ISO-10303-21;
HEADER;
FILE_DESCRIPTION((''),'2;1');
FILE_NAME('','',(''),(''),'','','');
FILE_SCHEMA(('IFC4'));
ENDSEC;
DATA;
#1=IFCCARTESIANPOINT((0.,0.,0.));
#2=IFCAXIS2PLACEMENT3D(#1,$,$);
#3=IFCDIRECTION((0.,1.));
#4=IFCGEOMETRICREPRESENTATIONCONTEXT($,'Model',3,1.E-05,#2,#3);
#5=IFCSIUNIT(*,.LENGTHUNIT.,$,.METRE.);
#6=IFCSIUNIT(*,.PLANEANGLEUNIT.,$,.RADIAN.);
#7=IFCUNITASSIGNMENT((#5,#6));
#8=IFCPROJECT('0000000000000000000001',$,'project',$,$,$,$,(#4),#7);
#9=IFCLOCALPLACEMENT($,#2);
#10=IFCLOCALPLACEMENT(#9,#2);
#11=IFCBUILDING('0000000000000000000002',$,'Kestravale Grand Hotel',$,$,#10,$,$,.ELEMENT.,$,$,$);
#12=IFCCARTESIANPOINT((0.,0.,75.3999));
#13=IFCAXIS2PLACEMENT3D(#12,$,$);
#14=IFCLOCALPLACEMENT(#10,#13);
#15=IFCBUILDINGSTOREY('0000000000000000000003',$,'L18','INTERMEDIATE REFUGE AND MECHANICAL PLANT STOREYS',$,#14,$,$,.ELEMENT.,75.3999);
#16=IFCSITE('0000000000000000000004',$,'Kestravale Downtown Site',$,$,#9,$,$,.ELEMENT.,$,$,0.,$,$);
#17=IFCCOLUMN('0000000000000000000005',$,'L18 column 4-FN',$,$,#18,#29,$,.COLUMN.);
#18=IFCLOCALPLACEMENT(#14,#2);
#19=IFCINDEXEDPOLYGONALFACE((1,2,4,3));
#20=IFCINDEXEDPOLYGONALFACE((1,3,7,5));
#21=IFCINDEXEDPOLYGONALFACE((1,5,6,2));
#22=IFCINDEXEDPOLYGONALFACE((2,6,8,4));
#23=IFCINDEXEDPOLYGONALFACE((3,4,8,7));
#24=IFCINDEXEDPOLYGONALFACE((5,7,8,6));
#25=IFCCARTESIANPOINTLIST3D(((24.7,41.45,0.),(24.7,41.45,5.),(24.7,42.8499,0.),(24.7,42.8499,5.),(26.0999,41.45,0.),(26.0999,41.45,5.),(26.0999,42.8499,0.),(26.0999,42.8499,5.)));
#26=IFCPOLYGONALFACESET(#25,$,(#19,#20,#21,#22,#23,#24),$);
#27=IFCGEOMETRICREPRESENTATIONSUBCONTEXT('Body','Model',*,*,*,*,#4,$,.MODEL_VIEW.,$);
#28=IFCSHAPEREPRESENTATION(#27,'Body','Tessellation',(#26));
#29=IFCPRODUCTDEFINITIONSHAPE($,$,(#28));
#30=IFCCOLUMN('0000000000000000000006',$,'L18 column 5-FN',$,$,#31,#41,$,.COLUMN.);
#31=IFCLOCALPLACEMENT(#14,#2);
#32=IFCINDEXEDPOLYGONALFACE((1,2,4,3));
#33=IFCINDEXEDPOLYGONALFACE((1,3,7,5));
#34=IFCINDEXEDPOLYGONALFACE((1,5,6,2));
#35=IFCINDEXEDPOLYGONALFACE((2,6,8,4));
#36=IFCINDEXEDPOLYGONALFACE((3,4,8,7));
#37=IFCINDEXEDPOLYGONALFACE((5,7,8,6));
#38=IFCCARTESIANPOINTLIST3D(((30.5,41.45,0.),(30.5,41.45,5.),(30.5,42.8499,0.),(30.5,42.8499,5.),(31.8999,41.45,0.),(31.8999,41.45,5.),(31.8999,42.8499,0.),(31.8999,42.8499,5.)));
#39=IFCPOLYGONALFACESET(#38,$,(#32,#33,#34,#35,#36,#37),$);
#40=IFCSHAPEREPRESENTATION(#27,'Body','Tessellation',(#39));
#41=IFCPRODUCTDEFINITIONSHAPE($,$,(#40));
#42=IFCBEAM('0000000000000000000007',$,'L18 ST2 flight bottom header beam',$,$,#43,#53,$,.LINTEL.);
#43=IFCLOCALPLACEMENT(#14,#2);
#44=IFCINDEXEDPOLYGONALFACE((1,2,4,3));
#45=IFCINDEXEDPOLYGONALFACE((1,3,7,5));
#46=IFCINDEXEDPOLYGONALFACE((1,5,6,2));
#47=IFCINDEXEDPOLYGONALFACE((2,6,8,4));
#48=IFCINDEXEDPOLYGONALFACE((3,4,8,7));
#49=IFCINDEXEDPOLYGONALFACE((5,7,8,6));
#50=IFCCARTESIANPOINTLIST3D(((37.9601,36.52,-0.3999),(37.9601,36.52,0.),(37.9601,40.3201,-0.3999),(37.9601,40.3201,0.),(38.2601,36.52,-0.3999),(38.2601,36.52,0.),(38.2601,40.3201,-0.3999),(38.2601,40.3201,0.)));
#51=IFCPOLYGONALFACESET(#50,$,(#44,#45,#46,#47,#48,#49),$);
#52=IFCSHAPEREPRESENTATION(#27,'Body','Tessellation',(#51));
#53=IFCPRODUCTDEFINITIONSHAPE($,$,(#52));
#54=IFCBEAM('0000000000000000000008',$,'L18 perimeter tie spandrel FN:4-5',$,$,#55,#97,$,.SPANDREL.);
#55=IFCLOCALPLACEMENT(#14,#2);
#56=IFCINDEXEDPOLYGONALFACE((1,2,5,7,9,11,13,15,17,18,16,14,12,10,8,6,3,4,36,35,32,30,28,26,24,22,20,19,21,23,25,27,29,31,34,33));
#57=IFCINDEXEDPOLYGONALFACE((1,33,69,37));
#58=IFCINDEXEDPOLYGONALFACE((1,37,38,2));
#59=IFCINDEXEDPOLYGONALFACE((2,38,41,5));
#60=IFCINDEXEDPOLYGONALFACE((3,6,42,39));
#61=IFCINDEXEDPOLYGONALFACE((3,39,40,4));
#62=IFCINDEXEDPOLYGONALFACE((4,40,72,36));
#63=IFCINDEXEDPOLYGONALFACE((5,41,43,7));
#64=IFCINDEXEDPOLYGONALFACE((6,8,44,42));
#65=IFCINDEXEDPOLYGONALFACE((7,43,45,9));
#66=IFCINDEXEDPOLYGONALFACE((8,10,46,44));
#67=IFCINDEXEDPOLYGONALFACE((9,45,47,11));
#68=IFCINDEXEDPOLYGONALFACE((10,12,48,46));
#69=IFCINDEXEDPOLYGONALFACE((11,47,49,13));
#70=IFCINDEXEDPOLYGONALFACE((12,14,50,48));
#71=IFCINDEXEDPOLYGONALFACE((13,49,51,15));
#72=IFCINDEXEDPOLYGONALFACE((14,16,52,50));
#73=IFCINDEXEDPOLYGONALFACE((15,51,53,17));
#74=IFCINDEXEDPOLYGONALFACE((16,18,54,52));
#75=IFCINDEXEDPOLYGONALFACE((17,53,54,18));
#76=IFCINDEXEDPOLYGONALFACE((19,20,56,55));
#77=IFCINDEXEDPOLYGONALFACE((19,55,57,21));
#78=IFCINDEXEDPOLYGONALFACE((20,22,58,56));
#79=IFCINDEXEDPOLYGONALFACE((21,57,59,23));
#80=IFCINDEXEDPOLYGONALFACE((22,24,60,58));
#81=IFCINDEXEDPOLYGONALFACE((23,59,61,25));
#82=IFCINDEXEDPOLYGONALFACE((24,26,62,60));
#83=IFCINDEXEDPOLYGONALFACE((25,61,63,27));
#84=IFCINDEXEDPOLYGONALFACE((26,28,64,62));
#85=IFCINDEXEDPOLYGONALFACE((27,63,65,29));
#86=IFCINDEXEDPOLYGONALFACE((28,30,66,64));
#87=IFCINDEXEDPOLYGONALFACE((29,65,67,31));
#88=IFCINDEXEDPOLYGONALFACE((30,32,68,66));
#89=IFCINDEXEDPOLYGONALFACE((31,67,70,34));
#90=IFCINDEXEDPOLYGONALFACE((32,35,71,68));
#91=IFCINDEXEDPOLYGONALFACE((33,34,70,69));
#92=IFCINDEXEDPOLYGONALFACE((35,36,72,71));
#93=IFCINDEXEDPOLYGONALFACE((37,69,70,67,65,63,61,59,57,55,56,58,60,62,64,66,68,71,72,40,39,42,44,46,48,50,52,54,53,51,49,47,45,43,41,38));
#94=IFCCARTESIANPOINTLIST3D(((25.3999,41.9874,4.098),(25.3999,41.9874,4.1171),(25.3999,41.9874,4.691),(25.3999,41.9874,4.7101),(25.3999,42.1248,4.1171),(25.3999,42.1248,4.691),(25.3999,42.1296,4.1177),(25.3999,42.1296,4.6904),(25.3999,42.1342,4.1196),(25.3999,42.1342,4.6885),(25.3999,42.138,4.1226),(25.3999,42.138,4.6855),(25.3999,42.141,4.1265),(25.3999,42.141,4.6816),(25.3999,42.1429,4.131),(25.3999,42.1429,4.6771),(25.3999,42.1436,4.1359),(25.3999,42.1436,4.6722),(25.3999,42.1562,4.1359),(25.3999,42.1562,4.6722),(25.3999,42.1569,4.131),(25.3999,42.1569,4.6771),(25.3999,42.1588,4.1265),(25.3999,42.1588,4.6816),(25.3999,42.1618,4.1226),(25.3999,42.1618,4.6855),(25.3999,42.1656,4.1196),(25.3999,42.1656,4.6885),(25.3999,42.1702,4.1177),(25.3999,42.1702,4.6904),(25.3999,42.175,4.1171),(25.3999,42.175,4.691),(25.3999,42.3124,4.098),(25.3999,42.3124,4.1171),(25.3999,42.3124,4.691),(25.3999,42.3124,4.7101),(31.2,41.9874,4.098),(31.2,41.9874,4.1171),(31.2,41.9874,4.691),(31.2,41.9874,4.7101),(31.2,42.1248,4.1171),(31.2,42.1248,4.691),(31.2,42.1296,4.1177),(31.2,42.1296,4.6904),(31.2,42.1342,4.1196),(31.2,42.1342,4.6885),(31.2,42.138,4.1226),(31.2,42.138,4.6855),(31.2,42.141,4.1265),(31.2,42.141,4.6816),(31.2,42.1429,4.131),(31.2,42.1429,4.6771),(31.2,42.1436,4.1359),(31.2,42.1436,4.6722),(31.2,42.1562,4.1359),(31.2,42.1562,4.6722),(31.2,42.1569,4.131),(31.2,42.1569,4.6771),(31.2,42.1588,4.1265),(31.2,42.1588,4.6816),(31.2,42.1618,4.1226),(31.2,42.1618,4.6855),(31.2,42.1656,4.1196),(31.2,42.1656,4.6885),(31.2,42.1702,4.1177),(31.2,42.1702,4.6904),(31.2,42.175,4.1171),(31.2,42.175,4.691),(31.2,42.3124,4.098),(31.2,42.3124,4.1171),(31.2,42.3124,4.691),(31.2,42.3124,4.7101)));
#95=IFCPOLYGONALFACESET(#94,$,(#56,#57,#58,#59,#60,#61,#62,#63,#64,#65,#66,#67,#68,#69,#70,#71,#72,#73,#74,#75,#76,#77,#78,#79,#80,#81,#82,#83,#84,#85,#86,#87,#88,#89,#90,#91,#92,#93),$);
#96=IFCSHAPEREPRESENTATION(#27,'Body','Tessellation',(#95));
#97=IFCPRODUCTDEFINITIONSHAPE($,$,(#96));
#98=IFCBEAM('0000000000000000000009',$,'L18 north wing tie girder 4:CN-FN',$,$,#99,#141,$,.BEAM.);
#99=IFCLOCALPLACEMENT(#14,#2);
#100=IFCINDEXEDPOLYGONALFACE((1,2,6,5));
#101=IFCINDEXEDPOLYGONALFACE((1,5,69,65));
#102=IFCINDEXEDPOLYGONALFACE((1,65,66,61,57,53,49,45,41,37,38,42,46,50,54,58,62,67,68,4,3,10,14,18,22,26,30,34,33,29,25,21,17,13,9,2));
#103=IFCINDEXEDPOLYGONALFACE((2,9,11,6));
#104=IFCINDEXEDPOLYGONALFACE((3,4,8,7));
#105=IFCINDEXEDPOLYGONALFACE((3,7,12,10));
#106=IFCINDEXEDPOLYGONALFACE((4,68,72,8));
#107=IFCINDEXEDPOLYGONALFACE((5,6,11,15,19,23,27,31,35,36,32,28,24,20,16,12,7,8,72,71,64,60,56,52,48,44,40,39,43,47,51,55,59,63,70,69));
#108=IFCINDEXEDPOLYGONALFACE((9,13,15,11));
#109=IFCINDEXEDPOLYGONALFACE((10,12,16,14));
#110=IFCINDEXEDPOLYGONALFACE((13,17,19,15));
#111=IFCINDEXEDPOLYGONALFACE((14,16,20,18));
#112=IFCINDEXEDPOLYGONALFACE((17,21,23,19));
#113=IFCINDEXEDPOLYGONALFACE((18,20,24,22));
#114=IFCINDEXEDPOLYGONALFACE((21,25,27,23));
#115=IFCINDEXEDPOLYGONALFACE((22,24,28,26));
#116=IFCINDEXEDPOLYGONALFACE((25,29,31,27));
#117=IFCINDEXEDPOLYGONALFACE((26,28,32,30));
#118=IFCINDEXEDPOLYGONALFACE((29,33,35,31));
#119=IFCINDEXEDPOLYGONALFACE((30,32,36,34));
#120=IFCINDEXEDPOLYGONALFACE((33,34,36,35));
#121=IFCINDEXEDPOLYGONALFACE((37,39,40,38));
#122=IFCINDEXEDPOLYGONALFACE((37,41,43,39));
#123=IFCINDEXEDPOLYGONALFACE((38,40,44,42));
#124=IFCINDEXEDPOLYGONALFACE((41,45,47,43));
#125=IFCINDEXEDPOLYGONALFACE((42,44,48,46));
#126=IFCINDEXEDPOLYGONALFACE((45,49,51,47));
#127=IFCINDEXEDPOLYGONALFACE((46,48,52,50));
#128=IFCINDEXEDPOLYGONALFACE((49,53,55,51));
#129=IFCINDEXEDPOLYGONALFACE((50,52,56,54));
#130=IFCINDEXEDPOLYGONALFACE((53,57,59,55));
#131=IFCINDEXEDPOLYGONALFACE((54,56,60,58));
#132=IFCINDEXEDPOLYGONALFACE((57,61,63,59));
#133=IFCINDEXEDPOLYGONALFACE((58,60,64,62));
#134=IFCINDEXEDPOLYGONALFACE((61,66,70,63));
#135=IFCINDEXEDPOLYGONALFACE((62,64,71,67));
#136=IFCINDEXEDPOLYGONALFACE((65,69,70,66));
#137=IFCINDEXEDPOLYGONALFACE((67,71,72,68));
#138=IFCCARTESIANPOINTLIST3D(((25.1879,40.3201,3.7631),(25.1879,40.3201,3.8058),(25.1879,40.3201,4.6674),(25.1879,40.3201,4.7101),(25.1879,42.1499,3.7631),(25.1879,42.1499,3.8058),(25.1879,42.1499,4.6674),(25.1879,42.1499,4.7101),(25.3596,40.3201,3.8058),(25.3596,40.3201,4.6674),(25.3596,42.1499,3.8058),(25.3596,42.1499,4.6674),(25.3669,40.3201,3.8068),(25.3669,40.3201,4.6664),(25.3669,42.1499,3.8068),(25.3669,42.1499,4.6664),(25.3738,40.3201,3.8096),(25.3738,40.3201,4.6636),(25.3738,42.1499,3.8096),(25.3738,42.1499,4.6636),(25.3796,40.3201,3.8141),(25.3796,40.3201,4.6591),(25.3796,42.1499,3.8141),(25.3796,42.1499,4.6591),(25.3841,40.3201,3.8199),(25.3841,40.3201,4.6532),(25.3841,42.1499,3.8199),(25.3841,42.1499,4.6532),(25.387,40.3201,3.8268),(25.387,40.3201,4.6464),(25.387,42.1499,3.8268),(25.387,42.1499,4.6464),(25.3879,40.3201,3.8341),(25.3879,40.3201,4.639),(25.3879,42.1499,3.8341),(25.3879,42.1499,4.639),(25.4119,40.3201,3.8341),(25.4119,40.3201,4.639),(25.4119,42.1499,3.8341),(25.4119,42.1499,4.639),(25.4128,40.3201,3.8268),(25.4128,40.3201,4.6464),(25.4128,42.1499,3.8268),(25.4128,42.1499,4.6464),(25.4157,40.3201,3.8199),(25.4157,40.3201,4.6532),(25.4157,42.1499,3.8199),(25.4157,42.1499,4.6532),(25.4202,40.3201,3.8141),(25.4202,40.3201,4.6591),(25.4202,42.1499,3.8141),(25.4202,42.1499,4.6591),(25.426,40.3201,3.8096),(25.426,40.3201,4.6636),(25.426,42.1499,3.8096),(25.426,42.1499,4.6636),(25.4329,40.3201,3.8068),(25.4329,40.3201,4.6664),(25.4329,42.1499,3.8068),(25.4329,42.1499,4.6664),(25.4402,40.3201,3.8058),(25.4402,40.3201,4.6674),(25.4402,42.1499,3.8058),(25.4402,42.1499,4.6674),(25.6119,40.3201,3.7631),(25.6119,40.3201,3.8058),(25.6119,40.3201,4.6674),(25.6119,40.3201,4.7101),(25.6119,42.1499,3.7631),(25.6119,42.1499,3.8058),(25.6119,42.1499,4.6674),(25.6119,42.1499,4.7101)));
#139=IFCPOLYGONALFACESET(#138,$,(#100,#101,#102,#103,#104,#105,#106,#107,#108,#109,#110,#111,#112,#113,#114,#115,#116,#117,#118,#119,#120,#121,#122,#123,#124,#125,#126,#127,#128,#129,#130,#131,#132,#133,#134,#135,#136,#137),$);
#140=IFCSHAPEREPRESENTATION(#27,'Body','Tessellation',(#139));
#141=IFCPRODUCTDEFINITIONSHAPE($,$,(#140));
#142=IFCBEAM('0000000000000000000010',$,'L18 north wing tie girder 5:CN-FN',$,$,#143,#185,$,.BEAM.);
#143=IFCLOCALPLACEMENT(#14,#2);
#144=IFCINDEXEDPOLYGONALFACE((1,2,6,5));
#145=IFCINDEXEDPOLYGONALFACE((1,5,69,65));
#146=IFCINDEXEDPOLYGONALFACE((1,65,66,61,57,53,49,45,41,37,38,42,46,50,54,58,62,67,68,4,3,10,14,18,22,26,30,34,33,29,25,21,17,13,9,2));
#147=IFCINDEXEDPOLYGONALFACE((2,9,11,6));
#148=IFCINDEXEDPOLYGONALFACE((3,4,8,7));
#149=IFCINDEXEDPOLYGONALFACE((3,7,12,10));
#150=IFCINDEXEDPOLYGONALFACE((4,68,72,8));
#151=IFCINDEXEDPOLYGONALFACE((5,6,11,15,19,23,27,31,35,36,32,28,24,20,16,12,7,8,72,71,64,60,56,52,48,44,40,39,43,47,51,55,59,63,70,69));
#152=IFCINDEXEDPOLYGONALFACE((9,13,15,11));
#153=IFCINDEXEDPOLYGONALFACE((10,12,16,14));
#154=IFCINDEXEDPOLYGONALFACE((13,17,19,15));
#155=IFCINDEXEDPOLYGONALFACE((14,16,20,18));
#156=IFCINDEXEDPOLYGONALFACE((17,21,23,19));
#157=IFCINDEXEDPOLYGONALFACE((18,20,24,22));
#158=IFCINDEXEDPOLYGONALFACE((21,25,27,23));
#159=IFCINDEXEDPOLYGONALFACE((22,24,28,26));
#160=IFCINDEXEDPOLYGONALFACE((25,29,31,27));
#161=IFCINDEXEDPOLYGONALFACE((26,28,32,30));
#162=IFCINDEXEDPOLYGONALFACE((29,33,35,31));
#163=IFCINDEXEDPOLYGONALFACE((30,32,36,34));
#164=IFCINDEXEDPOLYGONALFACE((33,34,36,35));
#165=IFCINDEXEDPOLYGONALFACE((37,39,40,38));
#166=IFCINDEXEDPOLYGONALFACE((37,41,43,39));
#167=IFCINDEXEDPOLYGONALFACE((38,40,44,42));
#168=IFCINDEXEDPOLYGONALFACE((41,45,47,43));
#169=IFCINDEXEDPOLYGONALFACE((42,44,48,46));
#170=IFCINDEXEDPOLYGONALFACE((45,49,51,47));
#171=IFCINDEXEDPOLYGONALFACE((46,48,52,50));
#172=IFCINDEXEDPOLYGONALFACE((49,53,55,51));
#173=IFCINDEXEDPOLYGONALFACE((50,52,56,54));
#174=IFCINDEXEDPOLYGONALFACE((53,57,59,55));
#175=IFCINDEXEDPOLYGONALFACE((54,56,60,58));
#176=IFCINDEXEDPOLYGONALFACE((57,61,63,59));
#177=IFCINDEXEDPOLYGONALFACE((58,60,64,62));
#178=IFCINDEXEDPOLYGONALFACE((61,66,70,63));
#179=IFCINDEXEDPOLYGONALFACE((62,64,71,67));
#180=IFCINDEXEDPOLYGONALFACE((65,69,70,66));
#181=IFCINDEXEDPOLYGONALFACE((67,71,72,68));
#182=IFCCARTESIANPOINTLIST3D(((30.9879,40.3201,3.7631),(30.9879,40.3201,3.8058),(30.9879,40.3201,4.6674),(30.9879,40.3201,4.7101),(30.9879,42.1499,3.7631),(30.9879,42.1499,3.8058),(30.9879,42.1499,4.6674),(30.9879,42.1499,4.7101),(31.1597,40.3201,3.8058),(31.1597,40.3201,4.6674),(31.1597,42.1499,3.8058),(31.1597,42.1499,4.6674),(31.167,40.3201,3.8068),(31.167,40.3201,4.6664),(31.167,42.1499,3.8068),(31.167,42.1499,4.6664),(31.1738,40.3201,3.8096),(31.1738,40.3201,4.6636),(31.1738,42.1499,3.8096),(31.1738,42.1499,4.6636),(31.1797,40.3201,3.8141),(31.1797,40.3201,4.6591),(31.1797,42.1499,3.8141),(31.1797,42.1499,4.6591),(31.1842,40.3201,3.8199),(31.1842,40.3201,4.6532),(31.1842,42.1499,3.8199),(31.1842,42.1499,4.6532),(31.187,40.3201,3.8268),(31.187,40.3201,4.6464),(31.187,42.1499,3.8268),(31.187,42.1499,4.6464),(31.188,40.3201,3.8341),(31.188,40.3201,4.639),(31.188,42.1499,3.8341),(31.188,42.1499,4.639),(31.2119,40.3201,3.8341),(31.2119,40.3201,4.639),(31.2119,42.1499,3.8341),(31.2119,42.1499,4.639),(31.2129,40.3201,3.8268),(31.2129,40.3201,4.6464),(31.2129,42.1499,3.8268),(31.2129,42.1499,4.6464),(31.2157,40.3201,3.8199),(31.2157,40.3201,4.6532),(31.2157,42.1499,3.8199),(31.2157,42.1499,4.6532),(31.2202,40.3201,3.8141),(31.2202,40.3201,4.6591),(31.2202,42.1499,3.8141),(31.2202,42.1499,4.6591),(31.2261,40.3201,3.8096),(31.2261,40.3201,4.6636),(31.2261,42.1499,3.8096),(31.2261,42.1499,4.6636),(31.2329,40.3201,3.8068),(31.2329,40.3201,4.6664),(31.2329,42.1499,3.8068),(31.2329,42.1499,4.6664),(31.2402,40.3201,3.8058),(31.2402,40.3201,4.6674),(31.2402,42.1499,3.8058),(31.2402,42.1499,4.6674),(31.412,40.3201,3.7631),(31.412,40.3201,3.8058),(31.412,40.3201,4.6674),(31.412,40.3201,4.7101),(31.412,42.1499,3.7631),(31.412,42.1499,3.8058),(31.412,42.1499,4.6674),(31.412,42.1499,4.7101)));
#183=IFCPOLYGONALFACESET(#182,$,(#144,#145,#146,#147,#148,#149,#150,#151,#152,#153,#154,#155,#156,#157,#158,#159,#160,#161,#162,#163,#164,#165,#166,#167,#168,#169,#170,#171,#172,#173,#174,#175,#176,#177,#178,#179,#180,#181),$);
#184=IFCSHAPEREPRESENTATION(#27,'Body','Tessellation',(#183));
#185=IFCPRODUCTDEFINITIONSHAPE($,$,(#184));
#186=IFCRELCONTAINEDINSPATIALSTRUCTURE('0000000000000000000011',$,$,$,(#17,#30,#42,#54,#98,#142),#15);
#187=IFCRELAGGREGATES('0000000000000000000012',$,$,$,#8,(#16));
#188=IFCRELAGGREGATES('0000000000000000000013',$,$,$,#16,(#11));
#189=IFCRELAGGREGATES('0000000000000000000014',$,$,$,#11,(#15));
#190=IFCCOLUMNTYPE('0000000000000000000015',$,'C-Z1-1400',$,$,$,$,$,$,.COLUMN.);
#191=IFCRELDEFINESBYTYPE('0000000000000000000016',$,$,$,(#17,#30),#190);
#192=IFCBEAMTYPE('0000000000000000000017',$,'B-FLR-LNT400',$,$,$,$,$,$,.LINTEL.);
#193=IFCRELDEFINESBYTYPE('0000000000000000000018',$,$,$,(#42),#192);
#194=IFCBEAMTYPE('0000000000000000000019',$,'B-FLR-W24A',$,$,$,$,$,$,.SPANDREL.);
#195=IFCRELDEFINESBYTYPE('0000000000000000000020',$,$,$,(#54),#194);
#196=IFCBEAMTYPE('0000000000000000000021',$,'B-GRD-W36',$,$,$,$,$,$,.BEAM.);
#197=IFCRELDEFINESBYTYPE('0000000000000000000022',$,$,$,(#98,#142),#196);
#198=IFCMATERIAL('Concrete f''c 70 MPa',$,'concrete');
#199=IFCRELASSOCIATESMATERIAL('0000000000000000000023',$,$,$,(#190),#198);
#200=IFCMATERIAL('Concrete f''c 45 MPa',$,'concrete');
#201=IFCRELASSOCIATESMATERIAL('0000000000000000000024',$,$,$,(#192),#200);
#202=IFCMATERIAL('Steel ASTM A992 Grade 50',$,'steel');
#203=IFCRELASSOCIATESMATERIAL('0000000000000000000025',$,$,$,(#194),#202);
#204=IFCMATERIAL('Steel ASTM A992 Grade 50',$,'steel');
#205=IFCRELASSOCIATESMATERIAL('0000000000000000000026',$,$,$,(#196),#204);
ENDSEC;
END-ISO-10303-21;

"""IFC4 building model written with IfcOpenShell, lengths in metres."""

from ifc_helpers import new_model, si_unit, direction, frame, origin, origin_2d, place, context, subcontext, project, spatial, rectangle, i_section, extrude, material, material_profile, profile_set, type_object, element, save


model = new_model("IFC4")

# Units and contexts
model_context = context("Model", 3, precision=1e-05, world=origin(), true_north=direction((0.0, 1.0)))
body_context = subcontext(model_context, "Body", "Model", "MODEL_VIEW")
ifc_project = project(units=[si_unit("LENGTHUNIT", "METRE"), si_unit("PLANEANGLEUNIT", "RADIAN")], contexts=[model_context])

# Site, building, storey
site_placement = place(None, origin())
site = spatial("IfcSite", under=ifc_project, at=site_placement, Name="Kestravale Downtown Site", CompositionType="ELEMENT", RefElevation=0.0)
building_placement = place(site_placement, origin())
building = spatial("IfcBuilding", under=site, at=building_placement, Name="Kestravale Grand Hotel", CompositionType="ELEMENT")
storey_placement = place(building_placement, frame((0.0, 0.0, 75.3999)))
storey = spatial("IfcBuildingStorey", under=building, at=storey_placement, Name="L18", Description="INTERMEDIATE REFUGE AND MECHANICAL PLANT STOREYS", CompositionType="ELEMENT", Elevation=75.3999)

# Columns
ifc_material_1 = material(Name="Concrete f'c 70 MPa", Category="concrete")
ifc_material_profile_1 = material_profile(ifc_material_1, rectangle(XDim=1.3999, YDim=1.3999, at=origin_2d()))
ifc_profile_set_1 = profile_set([ifc_material_profile_1], Name="Concrete f'c 70 MPa")
column_type = type_object("IfcColumnType", Name="C-Z1-1400", PredefinedType="COLUMN", material=ifc_profile_set_1)
for number, where, z_axis, x_axis, name in (
    (1, (25.3999, 42.1499, 0.0), (0.0, 0.0, 1.0), (1.0, 0.0, 0.0), "L18 column 4-FN"),
    (2, (31.2, 42.1499, 0.0), (0.0, 0.0, 1.0), (1.0, 0.0, 0.0), "L18 column 5-FN"),
):
    element("IfcColumn", number, at=place(storey_placement, frame(where, z_axis=z_axis, x_axis=x_axis)), inside=storey, type_object=column_type, Name=name, PredefinedType="COLUMN", context=body_context, shape_type="SweptSolid", body=[
        extrude(rectangle(XDim=1.3999, YDim=1.3999, at=origin_2d()), origin(), (0.0, 0.0, 1.0), 5.0),
    ])

# Beams
ifc_material_2 = material(Name="Concrete f'c 45 MPa", Category="concrete")
ifc_material_profile_2 = material_profile(ifc_material_2, rectangle(XDim=0.3, YDim=0.3999, at=origin_2d()))
ifc_profile_set_2 = profile_set([ifc_material_profile_2], Name="Concrete f'c 45 MPa")
beam_type_1 = type_object("IfcBeamType", Name="B-FLR-LNT400", PredefinedType="LINTEL", material=ifc_profile_set_2)
beam_1_placement = place(storey_placement, frame((38.1101, 36.52, -0.2), z_axis=(0.0, 1.0, 0.0), x_axis=(-1.0, 0.0, 0.0)))
element("IfcBeam", 3, at=beam_1_placement, inside=storey, type_object=beam_type_1, Name="L18 ST2 flight bottom header beam", PredefinedType="LINTEL", context=body_context, shape_type="SweptSolid", body=[
    extrude(rectangle(XDim=0.3, YDim=0.3999, at=origin_2d()), origin(), (0.0, 0.0, 1.0), 3.8),
])
ifc_material_3 = material(Name="Steel ASTM A992 Grade 50", Category="steel")
ifc_material_profile_3 = material_profile(ifc_material_3, i_section(OverallWidth=0.325, OverallDepth=0.6121, WebThickness=0.0127, FlangeThickness=0.019, FilletRadius=0.0188, at=origin_2d()))
ifc_profile_set_3 = profile_set([ifc_material_profile_3], Name="Steel ASTM A992 Grade 50")
beam_type_2 = type_object("IfcBeamType", Name="B-FLR-W24A", PredefinedType="SPANDREL", material=ifc_profile_set_3)
beam_2_placement = place(storey_placement, frame((25.3999, 42.1499, 4.4041), z_axis=(1.0, 0.0, 0.0), x_axis=(0.0, 1.0, 0.0)))
element("IfcBeam", 4, at=beam_2_placement, inside=storey, type_object=beam_type_2, Name="L18 perimeter tie spandrel FN:4-5", PredefinedType="SPANDREL", context=body_context, shape_type="SweptSolid", body=[
    extrude(i_section(OverallWidth=0.325, OverallDepth=0.6121, WebThickness=0.0127, FlangeThickness=0.019, FilletRadius=0.0188, at=origin_2d()), origin(), (0.0, 0.0, 1.0), 5.8),
])
ifc_material_4 = material(Name="Steel ASTM A992 Grade 50", Category="steel")
ifc_material_profile_4 = material_profile(ifc_material_4, i_section(OverallWidth=0.4241, OverallDepth=0.947, WebThickness=0.0239, FlangeThickness=0.0427, FilletRadius=0.0283, at=origin_2d()))
ifc_profile_set_4 = profile_set([ifc_material_profile_4], Name="Steel ASTM A992 Grade 50")
beam_type_3 = type_object("IfcBeamType", Name="B-GRD-W36", PredefinedType="BEAM", material=ifc_profile_set_4)
for number, where, z_axis, x_axis, name in (
    (5, (25.3999, 40.3201, 4.2366), (0.0, 1.0, 0.0), (-1.0, 0.0, 0.0), "L18 north wing tie girder 4:CN-FN"),
    (6, (31.2, 40.3201, 4.2366), (0.0, 1.0, 0.0), (-1.0, 0.0, 0.0), "L18 north wing tie girder 5:CN-FN"),
):
    element("IfcBeam", number, at=place(storey_placement, frame(where, z_axis=z_axis, x_axis=x_axis)), inside=storey, type_object=beam_type_3, Name=name, PredefinedType="BEAM", context=body_context, shape_type="SweptSolid", body=[
        extrude(i_section(OverallWidth=0.4241, OverallDepth=0.947, WebThickness=0.0239, FlangeThickness=0.0427, FilletRadius=0.0283, at=origin_2d()), origin(), (0.0, 0.0, 1.0), 1.8298),
    ])

save(model, "model.ifc")
